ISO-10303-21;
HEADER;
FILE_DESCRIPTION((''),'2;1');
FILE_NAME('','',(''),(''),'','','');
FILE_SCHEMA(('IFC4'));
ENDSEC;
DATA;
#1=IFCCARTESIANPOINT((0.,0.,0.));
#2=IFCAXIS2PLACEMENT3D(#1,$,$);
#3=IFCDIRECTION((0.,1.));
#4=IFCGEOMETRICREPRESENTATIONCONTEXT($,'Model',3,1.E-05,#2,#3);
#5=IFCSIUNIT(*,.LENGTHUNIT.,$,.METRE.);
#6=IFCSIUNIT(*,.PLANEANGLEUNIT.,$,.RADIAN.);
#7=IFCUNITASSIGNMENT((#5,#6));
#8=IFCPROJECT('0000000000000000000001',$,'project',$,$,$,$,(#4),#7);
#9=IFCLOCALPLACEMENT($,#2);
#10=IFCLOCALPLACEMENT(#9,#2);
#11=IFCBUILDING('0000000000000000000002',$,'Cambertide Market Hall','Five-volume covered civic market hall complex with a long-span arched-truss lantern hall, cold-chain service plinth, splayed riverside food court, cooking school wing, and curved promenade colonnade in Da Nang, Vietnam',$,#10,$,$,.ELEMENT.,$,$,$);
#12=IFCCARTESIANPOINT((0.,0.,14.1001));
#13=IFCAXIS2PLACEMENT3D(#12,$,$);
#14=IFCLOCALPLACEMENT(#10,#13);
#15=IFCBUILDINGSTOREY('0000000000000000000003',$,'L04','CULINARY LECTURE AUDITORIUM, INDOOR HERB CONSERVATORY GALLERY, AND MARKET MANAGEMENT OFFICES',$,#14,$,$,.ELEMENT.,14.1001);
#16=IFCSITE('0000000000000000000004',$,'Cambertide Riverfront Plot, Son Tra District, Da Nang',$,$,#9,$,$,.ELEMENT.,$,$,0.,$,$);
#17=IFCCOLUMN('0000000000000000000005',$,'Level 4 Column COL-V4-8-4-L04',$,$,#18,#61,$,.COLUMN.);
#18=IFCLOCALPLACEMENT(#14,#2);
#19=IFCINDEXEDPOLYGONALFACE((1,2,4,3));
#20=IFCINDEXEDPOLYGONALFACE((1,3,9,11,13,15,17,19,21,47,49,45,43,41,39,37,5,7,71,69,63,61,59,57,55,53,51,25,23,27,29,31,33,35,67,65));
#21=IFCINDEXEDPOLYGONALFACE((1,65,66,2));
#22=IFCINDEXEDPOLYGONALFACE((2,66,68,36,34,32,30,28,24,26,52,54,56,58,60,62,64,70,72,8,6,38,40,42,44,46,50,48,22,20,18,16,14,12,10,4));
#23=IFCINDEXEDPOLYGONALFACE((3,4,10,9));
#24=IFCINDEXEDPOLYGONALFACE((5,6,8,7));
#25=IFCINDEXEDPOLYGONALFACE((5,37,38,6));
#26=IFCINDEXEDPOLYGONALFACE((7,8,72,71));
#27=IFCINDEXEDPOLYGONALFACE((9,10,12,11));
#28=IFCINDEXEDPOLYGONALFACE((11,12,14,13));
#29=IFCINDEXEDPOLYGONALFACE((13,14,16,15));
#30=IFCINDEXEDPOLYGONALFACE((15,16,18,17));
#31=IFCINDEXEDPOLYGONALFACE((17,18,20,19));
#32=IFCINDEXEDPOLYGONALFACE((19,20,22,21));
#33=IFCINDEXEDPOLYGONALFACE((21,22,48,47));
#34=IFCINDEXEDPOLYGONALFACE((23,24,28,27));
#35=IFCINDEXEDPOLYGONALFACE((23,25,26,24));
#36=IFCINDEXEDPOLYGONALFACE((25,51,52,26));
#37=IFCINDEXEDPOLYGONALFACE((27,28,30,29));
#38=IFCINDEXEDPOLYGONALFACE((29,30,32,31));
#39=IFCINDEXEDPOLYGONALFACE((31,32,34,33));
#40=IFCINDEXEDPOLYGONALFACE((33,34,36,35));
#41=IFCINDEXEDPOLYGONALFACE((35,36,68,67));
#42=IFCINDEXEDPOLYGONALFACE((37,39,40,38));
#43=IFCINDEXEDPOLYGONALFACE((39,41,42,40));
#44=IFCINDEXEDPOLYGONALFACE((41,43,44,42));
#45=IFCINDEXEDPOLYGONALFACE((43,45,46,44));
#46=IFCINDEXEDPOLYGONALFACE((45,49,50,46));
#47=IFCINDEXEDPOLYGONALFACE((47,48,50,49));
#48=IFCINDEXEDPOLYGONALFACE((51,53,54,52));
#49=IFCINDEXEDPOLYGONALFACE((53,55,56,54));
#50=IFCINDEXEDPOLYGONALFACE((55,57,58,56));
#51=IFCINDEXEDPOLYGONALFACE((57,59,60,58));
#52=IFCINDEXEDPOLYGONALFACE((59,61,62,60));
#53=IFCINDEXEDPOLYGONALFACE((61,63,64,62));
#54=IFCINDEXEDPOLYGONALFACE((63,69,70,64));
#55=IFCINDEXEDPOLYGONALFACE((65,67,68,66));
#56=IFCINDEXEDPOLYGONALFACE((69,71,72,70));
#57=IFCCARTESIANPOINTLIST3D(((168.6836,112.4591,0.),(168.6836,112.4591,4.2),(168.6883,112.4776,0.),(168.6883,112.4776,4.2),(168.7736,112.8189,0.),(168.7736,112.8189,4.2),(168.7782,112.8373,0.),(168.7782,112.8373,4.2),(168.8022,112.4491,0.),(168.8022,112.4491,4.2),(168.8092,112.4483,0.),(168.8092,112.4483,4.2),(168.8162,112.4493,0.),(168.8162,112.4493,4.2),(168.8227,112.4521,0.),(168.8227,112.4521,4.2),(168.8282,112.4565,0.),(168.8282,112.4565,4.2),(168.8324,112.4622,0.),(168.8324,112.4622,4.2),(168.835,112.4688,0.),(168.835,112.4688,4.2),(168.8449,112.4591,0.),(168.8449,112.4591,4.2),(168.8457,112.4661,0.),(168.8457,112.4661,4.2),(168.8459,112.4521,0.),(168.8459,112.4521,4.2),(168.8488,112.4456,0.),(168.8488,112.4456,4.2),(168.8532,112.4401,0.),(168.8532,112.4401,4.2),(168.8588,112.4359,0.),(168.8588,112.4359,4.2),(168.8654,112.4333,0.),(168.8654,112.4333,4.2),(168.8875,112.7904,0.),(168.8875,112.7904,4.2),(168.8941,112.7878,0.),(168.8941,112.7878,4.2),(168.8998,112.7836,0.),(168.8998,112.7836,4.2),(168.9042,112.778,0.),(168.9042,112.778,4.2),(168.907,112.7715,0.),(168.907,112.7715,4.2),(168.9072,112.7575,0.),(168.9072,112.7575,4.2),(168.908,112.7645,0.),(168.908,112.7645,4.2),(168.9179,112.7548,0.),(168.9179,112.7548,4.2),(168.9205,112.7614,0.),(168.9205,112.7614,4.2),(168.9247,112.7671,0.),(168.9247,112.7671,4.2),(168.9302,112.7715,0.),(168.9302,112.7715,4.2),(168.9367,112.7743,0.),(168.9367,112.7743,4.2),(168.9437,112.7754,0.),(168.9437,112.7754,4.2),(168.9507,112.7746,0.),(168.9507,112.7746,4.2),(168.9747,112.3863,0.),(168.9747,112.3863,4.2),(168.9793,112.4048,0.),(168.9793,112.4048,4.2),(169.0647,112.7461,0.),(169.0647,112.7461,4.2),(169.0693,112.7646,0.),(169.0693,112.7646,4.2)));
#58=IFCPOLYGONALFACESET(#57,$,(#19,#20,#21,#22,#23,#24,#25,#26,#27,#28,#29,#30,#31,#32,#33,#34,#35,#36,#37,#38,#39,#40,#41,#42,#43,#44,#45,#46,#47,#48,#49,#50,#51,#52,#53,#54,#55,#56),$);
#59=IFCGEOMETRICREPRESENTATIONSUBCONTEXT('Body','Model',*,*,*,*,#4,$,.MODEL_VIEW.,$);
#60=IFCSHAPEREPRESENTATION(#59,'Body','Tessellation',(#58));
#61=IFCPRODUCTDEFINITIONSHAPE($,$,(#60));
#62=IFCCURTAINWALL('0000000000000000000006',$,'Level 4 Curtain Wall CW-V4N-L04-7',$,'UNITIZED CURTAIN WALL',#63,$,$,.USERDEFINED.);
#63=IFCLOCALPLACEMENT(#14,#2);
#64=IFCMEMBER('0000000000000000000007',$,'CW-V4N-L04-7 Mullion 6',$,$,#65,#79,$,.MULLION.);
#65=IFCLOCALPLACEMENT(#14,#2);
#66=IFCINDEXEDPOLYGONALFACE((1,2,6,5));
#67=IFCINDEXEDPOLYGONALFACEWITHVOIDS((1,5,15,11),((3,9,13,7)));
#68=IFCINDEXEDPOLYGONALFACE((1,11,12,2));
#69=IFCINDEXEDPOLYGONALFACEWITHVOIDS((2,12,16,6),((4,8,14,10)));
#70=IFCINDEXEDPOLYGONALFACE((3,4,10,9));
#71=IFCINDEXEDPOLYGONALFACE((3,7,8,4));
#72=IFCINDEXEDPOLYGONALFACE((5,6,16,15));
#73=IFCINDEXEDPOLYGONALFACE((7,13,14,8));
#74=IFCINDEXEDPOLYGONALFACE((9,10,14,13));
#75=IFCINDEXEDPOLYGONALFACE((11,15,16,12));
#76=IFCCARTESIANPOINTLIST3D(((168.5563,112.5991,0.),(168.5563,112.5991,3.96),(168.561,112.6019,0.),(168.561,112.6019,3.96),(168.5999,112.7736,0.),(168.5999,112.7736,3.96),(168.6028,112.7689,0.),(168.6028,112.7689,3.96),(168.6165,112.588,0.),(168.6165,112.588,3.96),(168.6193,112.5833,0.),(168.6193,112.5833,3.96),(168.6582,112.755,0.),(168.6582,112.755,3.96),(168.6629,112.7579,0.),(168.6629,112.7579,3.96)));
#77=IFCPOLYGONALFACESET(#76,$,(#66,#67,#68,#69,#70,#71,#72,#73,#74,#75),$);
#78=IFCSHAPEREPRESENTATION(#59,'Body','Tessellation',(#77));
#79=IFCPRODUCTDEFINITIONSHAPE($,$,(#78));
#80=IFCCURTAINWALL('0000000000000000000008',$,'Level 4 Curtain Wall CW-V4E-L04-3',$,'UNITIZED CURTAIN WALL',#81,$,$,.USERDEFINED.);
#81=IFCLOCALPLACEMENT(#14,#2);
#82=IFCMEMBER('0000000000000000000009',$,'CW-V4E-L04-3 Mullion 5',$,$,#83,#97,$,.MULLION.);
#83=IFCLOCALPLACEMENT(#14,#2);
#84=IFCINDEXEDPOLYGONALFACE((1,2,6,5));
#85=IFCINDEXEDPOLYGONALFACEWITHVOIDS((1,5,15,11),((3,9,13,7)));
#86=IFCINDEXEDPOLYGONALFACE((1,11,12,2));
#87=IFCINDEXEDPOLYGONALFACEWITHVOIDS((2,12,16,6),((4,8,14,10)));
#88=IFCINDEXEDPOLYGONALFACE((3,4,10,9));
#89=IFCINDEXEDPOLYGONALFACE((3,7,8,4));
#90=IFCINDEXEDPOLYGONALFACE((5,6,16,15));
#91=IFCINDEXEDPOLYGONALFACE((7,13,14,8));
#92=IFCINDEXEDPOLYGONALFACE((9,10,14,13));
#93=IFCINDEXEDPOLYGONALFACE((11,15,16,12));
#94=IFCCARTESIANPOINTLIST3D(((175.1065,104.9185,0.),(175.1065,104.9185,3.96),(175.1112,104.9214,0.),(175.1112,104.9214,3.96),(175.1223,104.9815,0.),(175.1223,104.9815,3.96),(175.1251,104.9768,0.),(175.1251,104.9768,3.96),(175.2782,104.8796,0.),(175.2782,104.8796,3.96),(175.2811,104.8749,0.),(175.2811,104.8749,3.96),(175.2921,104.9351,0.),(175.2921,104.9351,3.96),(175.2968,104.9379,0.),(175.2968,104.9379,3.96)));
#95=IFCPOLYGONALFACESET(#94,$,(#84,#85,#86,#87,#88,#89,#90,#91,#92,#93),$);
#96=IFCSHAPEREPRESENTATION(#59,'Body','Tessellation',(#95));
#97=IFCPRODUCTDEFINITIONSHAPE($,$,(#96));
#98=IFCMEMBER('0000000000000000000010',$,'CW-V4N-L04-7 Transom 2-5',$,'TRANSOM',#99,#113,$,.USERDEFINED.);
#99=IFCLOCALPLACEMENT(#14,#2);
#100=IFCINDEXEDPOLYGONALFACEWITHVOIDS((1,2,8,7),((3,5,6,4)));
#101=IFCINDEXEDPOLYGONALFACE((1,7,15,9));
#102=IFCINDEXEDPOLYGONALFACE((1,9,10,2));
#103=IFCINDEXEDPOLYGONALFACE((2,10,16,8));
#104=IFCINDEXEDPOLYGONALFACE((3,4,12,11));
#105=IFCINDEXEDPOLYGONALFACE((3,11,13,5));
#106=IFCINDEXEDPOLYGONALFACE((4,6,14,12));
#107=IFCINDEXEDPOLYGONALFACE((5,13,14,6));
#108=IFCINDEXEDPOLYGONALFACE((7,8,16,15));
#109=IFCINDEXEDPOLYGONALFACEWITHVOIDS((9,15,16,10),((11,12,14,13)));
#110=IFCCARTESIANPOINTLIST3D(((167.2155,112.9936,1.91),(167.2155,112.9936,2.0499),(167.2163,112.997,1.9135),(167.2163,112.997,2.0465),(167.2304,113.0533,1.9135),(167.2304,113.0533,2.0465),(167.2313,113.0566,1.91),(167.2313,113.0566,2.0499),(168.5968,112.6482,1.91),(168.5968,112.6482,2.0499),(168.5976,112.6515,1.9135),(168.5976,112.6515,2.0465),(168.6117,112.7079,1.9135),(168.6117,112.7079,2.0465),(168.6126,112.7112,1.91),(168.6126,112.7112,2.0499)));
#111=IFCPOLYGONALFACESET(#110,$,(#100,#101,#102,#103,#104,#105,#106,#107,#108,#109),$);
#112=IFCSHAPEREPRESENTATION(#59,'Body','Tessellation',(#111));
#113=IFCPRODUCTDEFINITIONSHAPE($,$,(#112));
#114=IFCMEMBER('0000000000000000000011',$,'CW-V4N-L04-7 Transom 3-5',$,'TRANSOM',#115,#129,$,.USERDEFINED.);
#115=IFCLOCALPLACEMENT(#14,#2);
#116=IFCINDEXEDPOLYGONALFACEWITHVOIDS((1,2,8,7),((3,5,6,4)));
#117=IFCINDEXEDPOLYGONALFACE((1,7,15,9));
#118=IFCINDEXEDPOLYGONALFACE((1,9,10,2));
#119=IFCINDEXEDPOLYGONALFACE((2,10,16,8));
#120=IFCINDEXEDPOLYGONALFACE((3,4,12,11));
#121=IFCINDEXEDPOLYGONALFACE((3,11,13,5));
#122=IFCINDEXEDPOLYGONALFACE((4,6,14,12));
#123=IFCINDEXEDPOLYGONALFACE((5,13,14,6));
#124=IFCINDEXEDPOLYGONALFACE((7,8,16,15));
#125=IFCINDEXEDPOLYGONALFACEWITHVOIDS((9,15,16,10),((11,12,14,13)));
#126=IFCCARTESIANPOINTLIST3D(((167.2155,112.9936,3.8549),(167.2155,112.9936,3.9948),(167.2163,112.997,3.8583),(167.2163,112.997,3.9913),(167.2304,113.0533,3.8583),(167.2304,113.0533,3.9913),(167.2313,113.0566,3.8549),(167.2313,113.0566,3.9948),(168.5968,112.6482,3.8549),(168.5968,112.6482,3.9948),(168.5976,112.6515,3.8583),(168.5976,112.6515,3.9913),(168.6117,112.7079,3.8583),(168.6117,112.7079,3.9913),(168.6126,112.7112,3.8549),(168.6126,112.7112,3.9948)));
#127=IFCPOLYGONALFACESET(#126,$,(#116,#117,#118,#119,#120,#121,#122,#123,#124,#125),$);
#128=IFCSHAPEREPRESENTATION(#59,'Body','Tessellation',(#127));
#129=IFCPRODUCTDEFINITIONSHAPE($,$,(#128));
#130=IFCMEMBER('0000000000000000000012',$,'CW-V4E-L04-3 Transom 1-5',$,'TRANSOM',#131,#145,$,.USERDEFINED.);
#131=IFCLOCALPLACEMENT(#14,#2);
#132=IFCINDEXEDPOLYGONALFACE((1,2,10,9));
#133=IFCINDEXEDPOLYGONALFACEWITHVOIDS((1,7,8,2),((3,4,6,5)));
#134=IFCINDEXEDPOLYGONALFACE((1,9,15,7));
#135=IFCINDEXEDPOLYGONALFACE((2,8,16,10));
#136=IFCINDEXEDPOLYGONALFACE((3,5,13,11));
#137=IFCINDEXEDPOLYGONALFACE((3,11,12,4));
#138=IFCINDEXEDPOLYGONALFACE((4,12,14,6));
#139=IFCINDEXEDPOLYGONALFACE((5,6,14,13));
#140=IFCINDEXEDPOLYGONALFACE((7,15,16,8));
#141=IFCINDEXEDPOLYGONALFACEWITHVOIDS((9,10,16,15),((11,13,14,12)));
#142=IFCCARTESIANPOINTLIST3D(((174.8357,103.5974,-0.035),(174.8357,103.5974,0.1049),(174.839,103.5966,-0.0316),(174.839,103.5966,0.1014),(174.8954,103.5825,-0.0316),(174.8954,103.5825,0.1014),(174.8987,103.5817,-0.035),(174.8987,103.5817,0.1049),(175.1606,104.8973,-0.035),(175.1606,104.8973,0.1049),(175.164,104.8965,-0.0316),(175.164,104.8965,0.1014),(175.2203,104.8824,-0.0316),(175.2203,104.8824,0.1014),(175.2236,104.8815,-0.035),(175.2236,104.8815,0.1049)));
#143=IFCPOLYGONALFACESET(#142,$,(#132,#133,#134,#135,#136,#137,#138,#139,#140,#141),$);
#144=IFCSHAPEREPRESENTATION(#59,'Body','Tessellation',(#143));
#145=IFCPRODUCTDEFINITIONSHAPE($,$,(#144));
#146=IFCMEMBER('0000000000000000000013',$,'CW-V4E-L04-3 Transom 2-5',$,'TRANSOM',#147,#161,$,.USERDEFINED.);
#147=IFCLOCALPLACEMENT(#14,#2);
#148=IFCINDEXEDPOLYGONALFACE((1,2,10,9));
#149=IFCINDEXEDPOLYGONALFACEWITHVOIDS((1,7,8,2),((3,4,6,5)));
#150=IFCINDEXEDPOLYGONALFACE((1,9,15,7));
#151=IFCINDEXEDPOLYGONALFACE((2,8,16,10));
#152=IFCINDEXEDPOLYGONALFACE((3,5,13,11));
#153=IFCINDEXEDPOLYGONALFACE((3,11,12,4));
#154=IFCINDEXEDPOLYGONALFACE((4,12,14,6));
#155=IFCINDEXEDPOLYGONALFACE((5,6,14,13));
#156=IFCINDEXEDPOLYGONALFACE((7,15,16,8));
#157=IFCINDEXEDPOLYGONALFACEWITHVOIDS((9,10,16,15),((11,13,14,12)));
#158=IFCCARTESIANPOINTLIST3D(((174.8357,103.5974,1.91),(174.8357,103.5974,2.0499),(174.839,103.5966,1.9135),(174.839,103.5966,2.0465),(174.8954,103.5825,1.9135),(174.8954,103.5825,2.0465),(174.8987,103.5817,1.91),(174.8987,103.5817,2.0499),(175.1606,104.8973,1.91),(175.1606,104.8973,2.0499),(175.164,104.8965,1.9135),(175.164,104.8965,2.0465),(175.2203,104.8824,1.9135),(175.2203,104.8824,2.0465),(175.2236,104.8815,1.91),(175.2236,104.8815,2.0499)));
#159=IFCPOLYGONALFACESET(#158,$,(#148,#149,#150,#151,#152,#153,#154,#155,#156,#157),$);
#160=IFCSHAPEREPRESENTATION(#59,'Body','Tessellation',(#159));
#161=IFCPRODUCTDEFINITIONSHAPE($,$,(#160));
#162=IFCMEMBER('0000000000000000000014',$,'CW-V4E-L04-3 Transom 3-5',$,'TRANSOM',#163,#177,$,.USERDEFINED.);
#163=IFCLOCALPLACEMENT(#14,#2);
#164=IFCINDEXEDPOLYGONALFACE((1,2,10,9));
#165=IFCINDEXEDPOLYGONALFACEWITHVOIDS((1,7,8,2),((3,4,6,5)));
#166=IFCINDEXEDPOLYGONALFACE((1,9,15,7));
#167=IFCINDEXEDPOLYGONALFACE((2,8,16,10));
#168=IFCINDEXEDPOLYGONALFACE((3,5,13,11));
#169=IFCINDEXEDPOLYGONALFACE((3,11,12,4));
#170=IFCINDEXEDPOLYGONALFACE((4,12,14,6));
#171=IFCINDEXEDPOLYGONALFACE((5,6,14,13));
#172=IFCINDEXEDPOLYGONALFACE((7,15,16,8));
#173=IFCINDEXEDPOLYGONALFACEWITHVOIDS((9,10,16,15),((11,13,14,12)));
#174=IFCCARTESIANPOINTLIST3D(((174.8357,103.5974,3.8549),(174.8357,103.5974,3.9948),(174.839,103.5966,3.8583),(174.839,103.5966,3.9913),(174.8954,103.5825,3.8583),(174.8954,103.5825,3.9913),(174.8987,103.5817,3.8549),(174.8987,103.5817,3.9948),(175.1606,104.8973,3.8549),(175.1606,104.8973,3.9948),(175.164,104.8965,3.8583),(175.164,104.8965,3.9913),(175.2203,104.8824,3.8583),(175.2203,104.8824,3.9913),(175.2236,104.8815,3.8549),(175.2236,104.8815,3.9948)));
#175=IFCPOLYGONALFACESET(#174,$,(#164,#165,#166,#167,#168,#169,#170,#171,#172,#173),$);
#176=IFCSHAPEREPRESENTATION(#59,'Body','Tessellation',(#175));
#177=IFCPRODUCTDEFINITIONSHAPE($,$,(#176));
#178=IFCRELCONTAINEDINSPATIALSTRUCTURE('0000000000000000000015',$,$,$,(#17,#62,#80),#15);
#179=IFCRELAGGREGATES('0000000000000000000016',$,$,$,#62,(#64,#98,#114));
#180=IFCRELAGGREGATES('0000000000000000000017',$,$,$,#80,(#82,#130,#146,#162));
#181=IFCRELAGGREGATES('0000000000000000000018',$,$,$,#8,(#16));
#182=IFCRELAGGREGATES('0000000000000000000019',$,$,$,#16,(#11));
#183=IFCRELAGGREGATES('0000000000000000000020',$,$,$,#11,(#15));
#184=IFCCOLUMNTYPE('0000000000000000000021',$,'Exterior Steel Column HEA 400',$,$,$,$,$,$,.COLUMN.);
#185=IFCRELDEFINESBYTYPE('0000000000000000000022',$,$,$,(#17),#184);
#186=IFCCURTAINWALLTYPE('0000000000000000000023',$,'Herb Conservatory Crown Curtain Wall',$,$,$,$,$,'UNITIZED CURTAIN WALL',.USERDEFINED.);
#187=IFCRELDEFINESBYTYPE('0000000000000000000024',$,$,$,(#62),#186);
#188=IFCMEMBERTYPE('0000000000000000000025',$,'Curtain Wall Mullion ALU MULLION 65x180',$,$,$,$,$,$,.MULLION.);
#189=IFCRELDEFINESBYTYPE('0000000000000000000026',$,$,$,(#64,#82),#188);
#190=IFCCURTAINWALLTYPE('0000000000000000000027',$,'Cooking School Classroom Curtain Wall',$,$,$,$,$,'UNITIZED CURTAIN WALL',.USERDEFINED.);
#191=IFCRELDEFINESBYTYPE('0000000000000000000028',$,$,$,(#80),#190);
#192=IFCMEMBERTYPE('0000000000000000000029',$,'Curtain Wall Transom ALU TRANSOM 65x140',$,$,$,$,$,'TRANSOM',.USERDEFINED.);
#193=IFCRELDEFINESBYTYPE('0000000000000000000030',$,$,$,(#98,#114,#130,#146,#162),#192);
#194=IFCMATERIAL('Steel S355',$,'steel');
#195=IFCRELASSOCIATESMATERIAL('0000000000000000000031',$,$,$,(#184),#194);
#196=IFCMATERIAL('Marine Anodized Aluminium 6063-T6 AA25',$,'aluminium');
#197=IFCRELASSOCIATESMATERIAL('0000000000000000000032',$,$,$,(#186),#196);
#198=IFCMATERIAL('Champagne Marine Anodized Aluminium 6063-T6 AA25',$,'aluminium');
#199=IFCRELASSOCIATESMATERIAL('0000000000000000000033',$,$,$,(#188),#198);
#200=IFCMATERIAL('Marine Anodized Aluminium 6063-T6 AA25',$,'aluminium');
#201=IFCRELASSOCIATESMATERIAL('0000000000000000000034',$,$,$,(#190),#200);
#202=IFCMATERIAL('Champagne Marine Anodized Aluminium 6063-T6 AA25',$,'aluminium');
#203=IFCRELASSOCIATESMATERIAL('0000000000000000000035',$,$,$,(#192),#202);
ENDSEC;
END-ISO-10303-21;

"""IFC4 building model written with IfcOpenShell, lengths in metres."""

from ifc_helpers import new_model, si_unit, direction, frame, origin, origin_2d, place, context, subcontext, project, spatial, hollow_rectangle, i_section, extrude, material, material_profile, profile_set, type_object, element, aggregate, save


model = new_model("IFC4")

# Units and contexts
model_context = context("Model", 3, precision=1e-05, world=origin(), true_north=direction((0.0, 1.0)))
body_context = subcontext(model_context, "Body", "Model", "MODEL_VIEW")
ifc_project = project(units=[si_unit("LENGTHUNIT", "METRE"), si_unit("PLANEANGLEUNIT", "RADIAN")], contexts=[model_context])

# Site, building, storey
site_placement = place(None, origin())
site = spatial("IfcSite", under=ifc_project, at=site_placement, Name="Cambertide Riverfront Plot, Son Tra District, Da Nang", CompositionType="ELEMENT", RefElevation=0.0)
building_placement = place(site_placement, origin())
building = spatial("IfcBuilding", under=site, at=building_placement, Name="Cambertide Market Hall", Description="Five-volume covered civic market hall complex with a long-span arched-truss lantern hall, cold-chain service plinth, splayed riverside food court, cooking school wing, and curved promenade colonnade in Da Nang, Vietnam", CompositionType="ELEMENT")
storey_placement = place(building_placement, frame((0.0, 0.0, 14.1001)))
storey = spatial("IfcBuildingStorey", under=building, at=storey_placement, Name="L04", Description="CULINARY LECTURE AUDITORIUM, INDOOR HERB CONSERVATORY GALLERY, AND MARKET MANAGEMENT OFFICES", CompositionType="ELEMENT", Elevation=14.1001)

# Column
ifc_material_1 = material(Name="Steel S355", Category="steel")
ifc_material_profile_1 = material_profile(ifc_material_1, i_section(OverallWidth=0.3, OverallDepth=0.3899, WebThickness=0.011, FlangeThickness=0.019, FilletRadius=0.0271, at=origin_2d()), Name="HEA 400")
ifc_profile_set_1 = profile_set([ifc_material_profile_1], Name="Steel S355")
column_type = type_object("IfcColumnType", Name="Exterior Steel Column HEA 400", PredefinedType="COLUMN", material=ifc_profile_set_1)
column_placement = place(storey_placement, frame((168.8765, 112.6118, 0.0), z_axis=(0.0, 0.0, 1.0), x_axis=(0.970143, -0.242536, 0.0)))
element("IfcColumn", 1, at=column_placement, inside=storey, type_object=column_type, Name="Level 4 Column COL-V4-8-4-L04", PredefinedType="COLUMN", context=body_context, shape_type="SweptSolid", body=[
    extrude(i_section(OverallWidth=0.3, OverallDepth=0.3899, WebThickness=0.011, FlangeThickness=0.019, FilletRadius=0.0271, at=origin_2d()), origin(), (0.0, 0.0, 1.0), 4.2),
])

# Curtain walls, members
ifc_material_2 = material(Name="Marine Anodized Aluminium 6063-T6 AA25", Category="aluminium")
curtain_wall_type_1 = type_object("IfcCurtainWallType", Name="Herb Conservatory Crown Curtain Wall", ElementType="UNITIZED CURTAIN WALL", PredefinedType="USERDEFINED", material=ifc_material_2)
curtain_wall_1_placement = place(storey_placement, origin())
curtain_wall_1 = element("IfcCurtainWall", 2, at=curtain_wall_1_placement, inside=storey, type_object=curtain_wall_type_1, Name="Level 4 Curtain Wall CW-V4N-L04-7", ObjectType="UNITIZED CURTAIN WALL", PredefinedType="USERDEFINED")
ifc_material_3 = material(Name="Champagne Marine Anodized Aluminium 6063-T6 AA25", Category="aluminium")
ifc_material_profile_2 = material_profile(ifc_material_3, hollow_rectangle(XDim=0.0649, YDim=0.1799, WallThickness=0.0039, at=origin_2d()), Name="ALU MULLION 65x180")
ifc_profile_set_2 = profile_set([ifc_material_profile_2], Name="Champagne Marine Anodized Aluminium 6063-T6 AA25")
member_type_1 = type_object("IfcMemberType", Name="Curtain Wall Mullion ALU MULLION 65x180", PredefinedType="MULLION", material=ifc_profile_set_2)
member_1_placement = place(storey_placement, frame((168.6096, 112.6785, 0.0), z_axis=(0.0, 0.0, 1.0), x_axis=(0.970143, -0.242536, 0.0)))
member_1 = element("IfcMember", 3, at=member_1_placement, type_object=member_type_1, Name="CW-V4N-L04-7 Mullion 6", PredefinedType="MULLION", context=body_context, shape_type="SweptSolid", body=[
    extrude(hollow_rectangle(XDim=0.0649, YDim=0.1799, WallThickness=0.0039, at=origin_2d()), origin(), (0.0, 0.0, 1.0), 3.96),
])
ifc_material_4 = material(Name="Marine Anodized Aluminium 6063-T6 AA25", Category="aluminium")
curtain_wall_type_2 = type_object("IfcCurtainWallType", Name="Cooking School Classroom Curtain Wall", ElementType="UNITIZED CURTAIN WALL", PredefinedType="USERDEFINED", material=ifc_material_4)
curtain_wall_2_placement = place(storey_placement, origin())
curtain_wall_2 = element("IfcCurtainWall", 4, at=curtain_wall_2_placement, inside=storey, type_object=curtain_wall_type_2, Name="Level 4 Curtain Wall CW-V4E-L04-3", ObjectType="UNITIZED CURTAIN WALL", PredefinedType="USERDEFINED")
member_2_placement = place(storey_placement, frame((175.2017, 104.9282, 0.0), z_axis=(0.0, 0.0, 1.0), x_axis=(-0.242536, -0.970143, 0.0)))
member_2 = element("IfcMember", 5, at=member_2_placement, type_object=member_type_1, Name="CW-V4E-L04-3 Mullion 5", PredefinedType="MULLION", context=body_context, shape_type="SweptSolid", body=[
    extrude(hollow_rectangle(XDim=0.0649, YDim=0.1799, WallThickness=0.0039, at=origin_2d()), origin(), (0.0, 0.0, 1.0), 3.96),
])

# Members
ifc_material_5 = material(Name="Champagne Marine Anodized Aluminium 6063-T6 AA25", Category="aluminium")
ifc_material_profile_3 = material_profile(ifc_material_5, hollow_rectangle(XDim=0.0649, YDim=0.1399, WallThickness=0.0034, at=origin_2d()), Name="ALU TRANSOM 65x140")
ifc_profile_set_3 = profile_set([ifc_material_profile_3], Name="Champagne Marine Anodized Aluminium 6063-T6 AA25")
member_type_2 = type_object("IfcMemberType", Name="Curtain Wall Transom ALU TRANSOM 65x140", ElementType="TRANSOM", PredefinedType="USERDEFINED", material=ifc_profile_set_3)
member_3_placement = place(storey_placement, frame((167.2234, 113.0251, 1.98), z_axis=(0.970122, -0.242616, 0.0), x_axis=(0.242616, 0.970122, 0.0)))
member_3 = element("IfcMember", 6, at=member_3_placement, type_object=member_type_2, Name="CW-V4N-L04-7 Transom 2-5", ObjectType="TRANSOM", PredefinedType="USERDEFINED", context=body_context, shape_type="SweptSolid", body=[
    extrude(hollow_rectangle(XDim=0.0649, YDim=0.1399, WallThickness=0.0034, at=origin_2d()), origin(), (0.0, 0.0, 1.0), 1.4238),
])
member_4_placement = place(storey_placement, frame((167.2234, 113.0251, 3.9248), z_axis=(0.970122, -0.242616, 0.0), x_axis=(0.242616, 0.970122, 0.0)))
member_4 = element("IfcMember", 7, at=member_4_placement, type_object=member_type_2, Name="CW-V4N-L04-7 Transom 3-5", ObjectType="TRANSOM", PredefinedType="USERDEFINED", context=body_context, shape_type="SweptSolid", body=[
    extrude(hollow_rectangle(XDim=0.0649, YDim=0.1399, WallThickness=0.0034, at=origin_2d()), origin(), (0.0, 0.0, 1.0), 1.4238),
])
member_5_placement = place(storey_placement, frame((175.1921, 104.8894, 0.0349), z_axis=(-0.242536, -0.970143, 0.0), x_axis=(0.970143, -0.242536, 0.0)))
member_5 = element("IfcMember", 8, at=member_5_placement, type_object=member_type_2, Name="CW-V4E-L04-3 Transom 1-5", ObjectType="TRANSOM", PredefinedType="USERDEFINED", context=body_context, shape_type="SweptSolid", body=[
    extrude(hollow_rectangle(XDim=0.0649, YDim=0.1399, WallThickness=0.0034, at=origin_2d()), origin(), (0.0, 0.0, 1.0), 1.3398),
])
member_6_placement = place(storey_placement, frame((175.1921, 104.8894, 1.98), z_axis=(-0.242536, -0.970143, 0.0), x_axis=(0.970143, -0.242536, 0.0)))
member_6 = element("IfcMember", 9, at=member_6_placement, type_object=member_type_2, Name="CW-V4E-L04-3 Transom 2-5", ObjectType="TRANSOM", PredefinedType="USERDEFINED", context=body_context, shape_type="SweptSolid", body=[
    extrude(hollow_rectangle(XDim=0.0649, YDim=0.1399, WallThickness=0.0034, at=origin_2d()), origin(), (0.0, 0.0, 1.0), 1.3398),
])
member_7_placement = place(storey_placement, frame((175.1921, 104.8894, 3.9248), z_axis=(-0.242536, -0.970143, 0.0), x_axis=(0.970143, -0.242536, 0.0)))
member_7 = element("IfcMember", 10, at=member_7_placement, type_object=member_type_2, Name="CW-V4E-L04-3 Transom 3-5", ObjectType="TRANSOM", PredefinedType="USERDEFINED", context=body_context, shape_type="SweptSolid", body=[
    extrude(hollow_rectangle(XDim=0.0649, YDim=0.1399, WallThickness=0.0034, at=origin_2d()), origin(), (0.0, 0.0, 1.0), 1.3398),
])

aggregate(curtain_wall_1, [member_1, member_3, member_4])
aggregate(curtain_wall_2, [member_2, member_5, member_6, member_7])

save(model, "model.ifc")
